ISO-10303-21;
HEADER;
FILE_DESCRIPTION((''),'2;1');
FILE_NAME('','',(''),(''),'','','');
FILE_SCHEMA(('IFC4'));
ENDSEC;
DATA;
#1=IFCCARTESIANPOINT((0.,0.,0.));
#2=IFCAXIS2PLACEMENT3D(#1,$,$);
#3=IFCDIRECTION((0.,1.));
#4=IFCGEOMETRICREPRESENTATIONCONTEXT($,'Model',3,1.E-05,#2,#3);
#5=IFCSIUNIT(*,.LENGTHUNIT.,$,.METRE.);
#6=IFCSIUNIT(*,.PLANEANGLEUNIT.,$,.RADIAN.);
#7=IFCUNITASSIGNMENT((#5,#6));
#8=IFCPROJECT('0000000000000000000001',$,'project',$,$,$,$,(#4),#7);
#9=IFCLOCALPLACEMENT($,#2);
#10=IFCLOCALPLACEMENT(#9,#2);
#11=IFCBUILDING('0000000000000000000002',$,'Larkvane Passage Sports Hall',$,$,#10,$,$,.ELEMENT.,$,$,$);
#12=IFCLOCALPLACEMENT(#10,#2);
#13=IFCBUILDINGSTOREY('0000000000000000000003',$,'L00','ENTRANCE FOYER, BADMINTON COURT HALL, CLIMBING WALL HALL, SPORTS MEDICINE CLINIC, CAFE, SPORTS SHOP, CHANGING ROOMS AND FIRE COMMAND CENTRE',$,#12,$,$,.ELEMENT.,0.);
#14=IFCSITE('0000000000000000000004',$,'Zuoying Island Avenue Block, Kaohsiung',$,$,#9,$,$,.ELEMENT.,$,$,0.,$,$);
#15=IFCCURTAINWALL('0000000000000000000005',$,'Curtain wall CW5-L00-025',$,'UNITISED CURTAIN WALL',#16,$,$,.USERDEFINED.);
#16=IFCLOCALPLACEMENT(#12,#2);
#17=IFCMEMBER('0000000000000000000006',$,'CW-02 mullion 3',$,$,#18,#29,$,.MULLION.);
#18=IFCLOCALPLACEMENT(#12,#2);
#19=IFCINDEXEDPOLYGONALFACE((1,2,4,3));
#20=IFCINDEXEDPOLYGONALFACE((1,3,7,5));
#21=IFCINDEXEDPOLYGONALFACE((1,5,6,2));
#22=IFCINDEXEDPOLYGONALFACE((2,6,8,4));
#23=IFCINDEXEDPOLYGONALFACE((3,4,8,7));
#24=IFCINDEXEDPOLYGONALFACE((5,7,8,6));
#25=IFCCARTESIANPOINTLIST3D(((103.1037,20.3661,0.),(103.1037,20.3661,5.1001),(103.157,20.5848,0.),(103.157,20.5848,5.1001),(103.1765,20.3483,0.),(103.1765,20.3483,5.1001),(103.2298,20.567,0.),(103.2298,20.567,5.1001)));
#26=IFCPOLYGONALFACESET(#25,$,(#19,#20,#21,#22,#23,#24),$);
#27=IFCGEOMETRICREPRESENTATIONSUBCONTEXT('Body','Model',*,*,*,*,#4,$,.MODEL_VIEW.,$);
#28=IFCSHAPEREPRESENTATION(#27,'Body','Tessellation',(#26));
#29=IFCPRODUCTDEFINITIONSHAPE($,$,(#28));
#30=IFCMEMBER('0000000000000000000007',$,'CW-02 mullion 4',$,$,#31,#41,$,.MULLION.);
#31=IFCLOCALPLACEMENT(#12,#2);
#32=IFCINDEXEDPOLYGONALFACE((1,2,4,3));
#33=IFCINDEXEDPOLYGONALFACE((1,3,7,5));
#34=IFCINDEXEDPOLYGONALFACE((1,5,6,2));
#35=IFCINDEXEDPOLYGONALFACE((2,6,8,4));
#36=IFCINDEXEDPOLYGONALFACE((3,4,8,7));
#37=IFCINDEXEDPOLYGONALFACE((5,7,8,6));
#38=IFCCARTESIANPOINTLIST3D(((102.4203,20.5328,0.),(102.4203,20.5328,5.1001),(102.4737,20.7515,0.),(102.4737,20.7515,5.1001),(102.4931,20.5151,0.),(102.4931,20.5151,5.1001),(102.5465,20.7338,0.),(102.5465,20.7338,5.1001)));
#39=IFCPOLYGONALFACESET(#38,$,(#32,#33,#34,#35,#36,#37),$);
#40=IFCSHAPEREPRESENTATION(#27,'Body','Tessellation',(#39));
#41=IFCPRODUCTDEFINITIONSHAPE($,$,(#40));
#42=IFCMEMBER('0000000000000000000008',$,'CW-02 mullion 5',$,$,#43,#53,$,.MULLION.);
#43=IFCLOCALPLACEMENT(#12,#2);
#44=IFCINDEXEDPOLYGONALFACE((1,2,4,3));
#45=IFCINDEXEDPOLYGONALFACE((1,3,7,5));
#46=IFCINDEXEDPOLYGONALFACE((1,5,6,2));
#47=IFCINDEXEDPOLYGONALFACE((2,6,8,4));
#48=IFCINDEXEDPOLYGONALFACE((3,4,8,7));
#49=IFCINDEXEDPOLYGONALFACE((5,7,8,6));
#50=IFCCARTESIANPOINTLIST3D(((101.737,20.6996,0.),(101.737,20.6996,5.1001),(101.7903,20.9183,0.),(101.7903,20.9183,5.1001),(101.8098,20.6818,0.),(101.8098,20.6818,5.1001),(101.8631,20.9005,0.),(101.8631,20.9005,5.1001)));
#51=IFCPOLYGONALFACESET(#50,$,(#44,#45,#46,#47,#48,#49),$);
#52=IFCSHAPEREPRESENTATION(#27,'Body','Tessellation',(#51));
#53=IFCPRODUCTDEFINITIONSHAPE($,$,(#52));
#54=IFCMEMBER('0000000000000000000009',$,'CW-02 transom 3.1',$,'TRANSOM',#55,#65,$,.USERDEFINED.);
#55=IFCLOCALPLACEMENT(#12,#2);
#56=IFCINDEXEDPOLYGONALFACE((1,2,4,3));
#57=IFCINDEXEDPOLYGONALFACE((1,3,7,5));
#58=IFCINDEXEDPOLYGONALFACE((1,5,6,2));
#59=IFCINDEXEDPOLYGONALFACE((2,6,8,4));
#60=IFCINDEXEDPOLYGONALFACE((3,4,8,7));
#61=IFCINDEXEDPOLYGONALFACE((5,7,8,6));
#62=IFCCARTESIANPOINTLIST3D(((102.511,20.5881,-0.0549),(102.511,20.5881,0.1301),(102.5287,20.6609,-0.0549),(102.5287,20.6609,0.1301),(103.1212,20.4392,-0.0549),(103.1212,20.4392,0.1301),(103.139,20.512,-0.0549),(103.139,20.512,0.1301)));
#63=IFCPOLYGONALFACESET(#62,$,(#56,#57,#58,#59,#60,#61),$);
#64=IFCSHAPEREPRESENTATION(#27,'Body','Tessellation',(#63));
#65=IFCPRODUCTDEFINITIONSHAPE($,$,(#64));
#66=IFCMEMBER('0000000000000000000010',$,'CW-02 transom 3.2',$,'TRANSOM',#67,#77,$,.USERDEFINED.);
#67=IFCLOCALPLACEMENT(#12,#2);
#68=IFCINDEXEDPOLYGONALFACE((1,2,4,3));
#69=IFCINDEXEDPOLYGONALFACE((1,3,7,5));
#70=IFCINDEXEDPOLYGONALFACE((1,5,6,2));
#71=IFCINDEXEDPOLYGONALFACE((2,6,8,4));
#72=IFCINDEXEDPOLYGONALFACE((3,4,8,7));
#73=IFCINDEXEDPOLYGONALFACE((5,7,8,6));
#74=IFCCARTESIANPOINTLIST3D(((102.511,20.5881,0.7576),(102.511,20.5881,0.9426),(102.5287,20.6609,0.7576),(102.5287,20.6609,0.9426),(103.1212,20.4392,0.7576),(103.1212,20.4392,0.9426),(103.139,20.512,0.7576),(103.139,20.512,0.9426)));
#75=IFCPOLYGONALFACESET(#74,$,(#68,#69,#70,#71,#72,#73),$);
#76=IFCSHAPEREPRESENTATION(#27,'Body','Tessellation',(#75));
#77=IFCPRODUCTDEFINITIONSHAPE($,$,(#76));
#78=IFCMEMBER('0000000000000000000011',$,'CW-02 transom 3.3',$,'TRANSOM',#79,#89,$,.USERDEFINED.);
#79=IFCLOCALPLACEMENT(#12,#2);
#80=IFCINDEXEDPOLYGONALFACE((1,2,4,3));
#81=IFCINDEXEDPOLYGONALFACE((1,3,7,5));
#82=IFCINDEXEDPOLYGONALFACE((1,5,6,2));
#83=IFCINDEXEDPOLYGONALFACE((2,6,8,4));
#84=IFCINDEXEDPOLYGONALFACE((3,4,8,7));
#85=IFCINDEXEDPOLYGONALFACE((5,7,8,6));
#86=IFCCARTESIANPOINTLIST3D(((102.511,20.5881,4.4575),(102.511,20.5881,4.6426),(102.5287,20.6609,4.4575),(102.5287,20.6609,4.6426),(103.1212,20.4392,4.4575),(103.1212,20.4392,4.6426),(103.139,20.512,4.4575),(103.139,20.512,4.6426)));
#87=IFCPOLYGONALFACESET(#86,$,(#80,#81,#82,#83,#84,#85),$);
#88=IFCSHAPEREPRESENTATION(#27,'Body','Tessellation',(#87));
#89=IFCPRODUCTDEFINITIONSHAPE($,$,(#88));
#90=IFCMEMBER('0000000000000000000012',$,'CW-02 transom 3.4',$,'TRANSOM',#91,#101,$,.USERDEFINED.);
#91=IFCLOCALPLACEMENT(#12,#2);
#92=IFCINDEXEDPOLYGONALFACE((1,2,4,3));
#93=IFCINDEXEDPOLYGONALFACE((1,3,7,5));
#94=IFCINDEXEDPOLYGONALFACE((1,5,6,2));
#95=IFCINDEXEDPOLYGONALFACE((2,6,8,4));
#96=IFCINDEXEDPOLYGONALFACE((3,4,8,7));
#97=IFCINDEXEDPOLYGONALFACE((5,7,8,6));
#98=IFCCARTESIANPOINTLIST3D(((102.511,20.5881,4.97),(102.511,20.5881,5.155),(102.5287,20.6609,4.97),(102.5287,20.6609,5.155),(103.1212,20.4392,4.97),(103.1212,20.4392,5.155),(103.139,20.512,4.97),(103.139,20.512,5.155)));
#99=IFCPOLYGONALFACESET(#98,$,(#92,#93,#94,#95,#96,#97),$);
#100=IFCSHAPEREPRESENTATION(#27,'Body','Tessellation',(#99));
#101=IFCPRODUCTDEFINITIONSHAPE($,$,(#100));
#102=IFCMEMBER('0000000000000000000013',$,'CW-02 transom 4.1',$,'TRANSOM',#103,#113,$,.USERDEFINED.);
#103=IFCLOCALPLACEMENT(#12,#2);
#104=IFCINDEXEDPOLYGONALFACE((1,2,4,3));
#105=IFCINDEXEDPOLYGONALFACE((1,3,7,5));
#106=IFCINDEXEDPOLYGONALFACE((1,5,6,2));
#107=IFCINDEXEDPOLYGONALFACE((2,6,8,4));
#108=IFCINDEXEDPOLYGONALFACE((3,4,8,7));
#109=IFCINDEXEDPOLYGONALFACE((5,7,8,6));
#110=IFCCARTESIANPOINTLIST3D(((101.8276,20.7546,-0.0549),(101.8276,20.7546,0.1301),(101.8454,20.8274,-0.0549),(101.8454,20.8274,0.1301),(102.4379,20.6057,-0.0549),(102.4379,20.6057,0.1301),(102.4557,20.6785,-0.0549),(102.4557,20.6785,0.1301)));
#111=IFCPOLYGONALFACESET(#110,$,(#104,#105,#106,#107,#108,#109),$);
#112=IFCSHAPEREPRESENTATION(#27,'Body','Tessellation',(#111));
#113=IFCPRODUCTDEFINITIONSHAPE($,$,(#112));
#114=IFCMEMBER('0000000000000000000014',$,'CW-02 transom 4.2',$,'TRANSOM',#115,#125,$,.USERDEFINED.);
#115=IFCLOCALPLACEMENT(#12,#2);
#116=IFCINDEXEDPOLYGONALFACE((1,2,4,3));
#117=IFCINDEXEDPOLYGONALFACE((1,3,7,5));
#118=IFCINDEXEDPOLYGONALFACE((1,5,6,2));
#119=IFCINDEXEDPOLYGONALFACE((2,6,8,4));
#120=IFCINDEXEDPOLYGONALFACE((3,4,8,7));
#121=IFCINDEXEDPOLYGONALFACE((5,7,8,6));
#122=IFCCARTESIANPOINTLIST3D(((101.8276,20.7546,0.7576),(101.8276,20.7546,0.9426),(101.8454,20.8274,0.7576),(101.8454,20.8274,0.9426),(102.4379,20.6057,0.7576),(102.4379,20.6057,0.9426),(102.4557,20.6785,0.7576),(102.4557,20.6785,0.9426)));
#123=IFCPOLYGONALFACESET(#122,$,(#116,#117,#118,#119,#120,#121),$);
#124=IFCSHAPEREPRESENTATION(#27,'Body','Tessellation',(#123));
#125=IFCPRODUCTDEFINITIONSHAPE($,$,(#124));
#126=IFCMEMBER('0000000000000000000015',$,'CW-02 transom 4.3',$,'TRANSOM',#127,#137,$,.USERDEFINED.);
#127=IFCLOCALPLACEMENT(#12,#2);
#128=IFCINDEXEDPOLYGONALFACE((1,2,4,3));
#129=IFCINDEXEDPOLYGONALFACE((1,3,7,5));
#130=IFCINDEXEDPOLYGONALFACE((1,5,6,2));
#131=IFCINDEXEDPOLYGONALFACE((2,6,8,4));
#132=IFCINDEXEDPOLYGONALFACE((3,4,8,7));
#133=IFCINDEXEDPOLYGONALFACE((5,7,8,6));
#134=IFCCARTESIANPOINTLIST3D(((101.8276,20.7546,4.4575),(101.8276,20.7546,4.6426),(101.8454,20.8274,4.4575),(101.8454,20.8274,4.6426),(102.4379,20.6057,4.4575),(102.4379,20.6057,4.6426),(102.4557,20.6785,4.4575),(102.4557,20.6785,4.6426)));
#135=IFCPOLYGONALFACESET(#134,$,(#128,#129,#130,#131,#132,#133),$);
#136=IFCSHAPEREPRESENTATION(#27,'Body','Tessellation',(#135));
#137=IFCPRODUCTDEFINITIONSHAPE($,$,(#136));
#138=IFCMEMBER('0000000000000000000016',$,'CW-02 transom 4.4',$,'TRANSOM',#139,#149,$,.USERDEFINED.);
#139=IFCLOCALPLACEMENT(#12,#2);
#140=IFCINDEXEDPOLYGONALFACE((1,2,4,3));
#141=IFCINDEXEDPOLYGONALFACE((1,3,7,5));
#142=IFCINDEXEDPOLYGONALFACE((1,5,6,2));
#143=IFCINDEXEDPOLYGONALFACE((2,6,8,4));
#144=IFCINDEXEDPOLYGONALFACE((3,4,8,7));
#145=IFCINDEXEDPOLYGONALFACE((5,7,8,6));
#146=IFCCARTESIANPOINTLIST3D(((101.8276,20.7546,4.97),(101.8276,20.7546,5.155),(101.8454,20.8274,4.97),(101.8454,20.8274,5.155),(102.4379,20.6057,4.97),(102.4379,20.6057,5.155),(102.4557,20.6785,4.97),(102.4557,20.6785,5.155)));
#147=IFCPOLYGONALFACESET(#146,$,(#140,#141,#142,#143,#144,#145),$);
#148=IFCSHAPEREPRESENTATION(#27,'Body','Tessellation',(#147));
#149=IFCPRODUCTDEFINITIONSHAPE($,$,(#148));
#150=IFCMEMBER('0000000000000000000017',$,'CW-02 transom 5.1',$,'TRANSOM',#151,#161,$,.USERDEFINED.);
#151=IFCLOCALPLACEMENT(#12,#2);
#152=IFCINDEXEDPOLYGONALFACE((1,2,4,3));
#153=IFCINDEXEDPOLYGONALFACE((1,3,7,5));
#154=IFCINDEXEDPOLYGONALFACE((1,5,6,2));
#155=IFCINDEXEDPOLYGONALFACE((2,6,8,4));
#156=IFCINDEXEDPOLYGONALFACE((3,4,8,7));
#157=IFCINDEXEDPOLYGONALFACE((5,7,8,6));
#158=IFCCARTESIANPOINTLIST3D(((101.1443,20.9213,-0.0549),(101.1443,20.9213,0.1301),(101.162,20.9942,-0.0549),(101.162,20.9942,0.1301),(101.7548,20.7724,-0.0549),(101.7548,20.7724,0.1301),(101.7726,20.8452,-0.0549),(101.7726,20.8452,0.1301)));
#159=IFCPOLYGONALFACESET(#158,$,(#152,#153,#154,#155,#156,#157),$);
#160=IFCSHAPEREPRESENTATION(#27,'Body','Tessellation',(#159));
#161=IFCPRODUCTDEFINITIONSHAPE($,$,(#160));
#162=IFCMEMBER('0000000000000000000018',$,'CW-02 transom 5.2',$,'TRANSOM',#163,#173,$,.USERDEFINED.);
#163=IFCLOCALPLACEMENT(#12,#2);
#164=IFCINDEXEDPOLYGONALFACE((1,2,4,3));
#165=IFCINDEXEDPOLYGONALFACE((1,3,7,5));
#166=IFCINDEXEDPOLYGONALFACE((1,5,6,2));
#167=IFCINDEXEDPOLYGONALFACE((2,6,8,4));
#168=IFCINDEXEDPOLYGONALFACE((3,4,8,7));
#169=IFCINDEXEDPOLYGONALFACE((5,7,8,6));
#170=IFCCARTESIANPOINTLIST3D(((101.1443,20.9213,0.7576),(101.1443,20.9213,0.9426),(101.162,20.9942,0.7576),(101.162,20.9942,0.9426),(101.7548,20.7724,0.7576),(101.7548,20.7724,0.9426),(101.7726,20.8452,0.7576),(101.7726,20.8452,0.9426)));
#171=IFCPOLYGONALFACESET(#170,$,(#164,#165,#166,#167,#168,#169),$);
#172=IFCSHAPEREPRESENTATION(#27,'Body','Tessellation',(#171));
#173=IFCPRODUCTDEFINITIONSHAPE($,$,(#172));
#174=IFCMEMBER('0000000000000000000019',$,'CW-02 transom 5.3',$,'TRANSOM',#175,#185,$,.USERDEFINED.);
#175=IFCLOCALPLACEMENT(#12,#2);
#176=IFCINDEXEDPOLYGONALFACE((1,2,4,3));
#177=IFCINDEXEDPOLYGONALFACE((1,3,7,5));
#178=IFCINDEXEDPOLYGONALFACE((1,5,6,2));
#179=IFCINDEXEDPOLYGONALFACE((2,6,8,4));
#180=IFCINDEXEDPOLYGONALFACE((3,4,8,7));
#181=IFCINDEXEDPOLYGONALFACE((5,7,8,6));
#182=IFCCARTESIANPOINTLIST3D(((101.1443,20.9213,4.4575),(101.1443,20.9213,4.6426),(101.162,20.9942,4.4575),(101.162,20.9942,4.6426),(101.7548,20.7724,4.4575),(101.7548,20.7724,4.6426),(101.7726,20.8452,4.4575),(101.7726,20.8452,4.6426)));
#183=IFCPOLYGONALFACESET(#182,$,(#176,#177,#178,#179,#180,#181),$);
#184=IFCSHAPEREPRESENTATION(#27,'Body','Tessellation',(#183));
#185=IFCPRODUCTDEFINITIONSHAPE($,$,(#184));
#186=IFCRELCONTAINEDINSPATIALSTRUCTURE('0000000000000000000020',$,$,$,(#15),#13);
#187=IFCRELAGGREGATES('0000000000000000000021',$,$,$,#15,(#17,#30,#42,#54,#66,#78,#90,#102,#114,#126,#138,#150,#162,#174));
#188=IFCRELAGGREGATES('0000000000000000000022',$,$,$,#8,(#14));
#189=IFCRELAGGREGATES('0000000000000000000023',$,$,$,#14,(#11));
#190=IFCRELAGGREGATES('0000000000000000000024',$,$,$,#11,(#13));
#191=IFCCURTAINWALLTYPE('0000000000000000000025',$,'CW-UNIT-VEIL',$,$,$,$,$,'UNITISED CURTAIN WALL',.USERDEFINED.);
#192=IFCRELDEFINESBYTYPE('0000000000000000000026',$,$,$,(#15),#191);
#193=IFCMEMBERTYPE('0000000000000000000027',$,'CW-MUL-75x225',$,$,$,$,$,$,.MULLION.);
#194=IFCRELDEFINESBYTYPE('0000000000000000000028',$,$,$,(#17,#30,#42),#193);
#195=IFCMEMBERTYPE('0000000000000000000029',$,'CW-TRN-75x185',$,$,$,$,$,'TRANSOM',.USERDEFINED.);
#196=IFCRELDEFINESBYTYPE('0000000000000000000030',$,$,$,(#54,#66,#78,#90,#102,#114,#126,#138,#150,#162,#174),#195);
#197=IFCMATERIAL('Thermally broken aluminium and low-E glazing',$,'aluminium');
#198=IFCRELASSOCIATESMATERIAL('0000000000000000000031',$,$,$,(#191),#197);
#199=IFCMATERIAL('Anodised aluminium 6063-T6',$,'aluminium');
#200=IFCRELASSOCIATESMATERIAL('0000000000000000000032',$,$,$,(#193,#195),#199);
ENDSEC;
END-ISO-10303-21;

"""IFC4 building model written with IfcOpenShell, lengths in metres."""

from ifc_helpers import new_model, si_unit, direction, frame, origin, origin_2d, place, context, subcontext, project, spatial, rectangle, extrude, material, material_profile, profile_set, type_object, element, aggregate, save


model = new_model("IFC4")

# Units and contexts
model_context = context("Model", 3, precision=1e-05, world=origin(), true_north=direction((0.0, 1.0)))
body_context = subcontext(model_context, "Body", "Model", "MODEL_VIEW")
ifc_project = project(units=[si_unit("LENGTHUNIT", "METRE"), si_unit("PLANEANGLEUNIT", "RADIAN")], contexts=[model_context])

# Site, building, storey
site_placement = place(None, origin())
site = spatial("IfcSite", under=ifc_project, at=site_placement, Name="Zuoying Island Avenue Block, Kaohsiung", CompositionType="ELEMENT", RefElevation=0.0)
building_placement = place(site_placement, origin())
building = spatial("IfcBuilding", under=site, at=building_placement, Name="Larkvane Passage Sports Hall", CompositionType="ELEMENT")
storey_placement = place(building_placement, origin())
storey = spatial("IfcBuildingStorey", under=building, at=storey_placement, Name="L00", Description="ENTRANCE FOYER, BADMINTON COURT HALL, CLIMBING WALL HALL, SPORTS MEDICINE CLINIC, CAFE, SPORTS SHOP, CHANGING ROOMS AND FIRE COMMAND CENTRE", CompositionType="ELEMENT", Elevation=0.0)

# Curtain wall, members
ifc_material_1 = material(Name="Thermally broken aluminium and low-E glazing", Category="aluminium")
curtain_wall_type = type_object("IfcCurtainWallType", Name="CW-UNIT-VEIL", ElementType="UNITISED CURTAIN WALL", PredefinedType="USERDEFINED", material=ifc_material_1)
curtain_wall_placement = place(storey_placement, origin())
curtain_wall = element("IfcCurtainWall", 1, at=curtain_wall_placement, inside=storey, type_object=curtain_wall_type, Name="Curtain wall CW5-L00-025", ObjectType="UNITISED CURTAIN WALL", PredefinedType="USERDEFINED")
ifc_material_2 = material(Name="Anodised aluminium 6063-T6", Category="aluminium")
ifc_material_profile_1 = material_profile(ifc_material_2, rectangle(XDim=0.075, YDim=0.2251, at=origin_2d()), Name="ALU-MUL-75x225")
ifc_profile_set_1 = profile_set([ifc_material_profile_1], Name="Anodised aluminium 6063-T6")
member_type_1 = type_object("IfcMemberType", Name="CW-MUL-75x225", PredefinedType="MULLION", material=ifc_profile_set_1)
member_1_placement = place(storey_placement, frame((103.1667, 20.4666, 0.0), z_axis=(0.0, 0.0, 1.0), x_axis=(-0.971517, 0.23697, 0.0)))
member_1 = element("IfcMember", 2, at=member_1_placement, type_object=member_type_1, Name="CW-02 mullion 3", PredefinedType="MULLION", context=body_context, shape_type="SweptSolid", body=[
    extrude(rectangle(XDim=0.075, YDim=0.2251, at=origin_2d()), origin(), (0.0, 0.0, 1.0), 5.1001),
])
member_2_placement = place(storey_placement, frame((102.4834, 20.6333, 0.0), z_axis=(0.0, 0.0, 1.0), x_axis=(-0.971517, 0.23697, 0.0)))
member_2 = element("IfcMember", 3, at=member_2_placement, type_object=member_type_1, Name="CW-02 mullion 4", PredefinedType="MULLION", context=body_context, shape_type="SweptSolid", body=[
    extrude(rectangle(XDim=0.075, YDim=0.2251, at=origin_2d()), origin(), (0.0, 0.0, 1.0), 5.1001),
])
member_3_placement = place(storey_placement, frame((101.8, 20.8, 0.0), z_axis=(0.0, 0.0, 1.0), x_axis=(-0.971517, 0.23697, 0.0)))
member_3 = element("IfcMember", 4, at=member_3_placement, type_object=member_type_1, Name="CW-02 mullion 5", PredefinedType="MULLION", context=body_context, shape_type="SweptSolid", body=[
    extrude(rectangle(XDim=0.075, YDim=0.2251, at=origin_2d()), origin(), (0.0, 0.0, 1.0), 5.1001),
])
ifc_material_profile_2 = material_profile(ifc_material_2, rectangle(XDim=0.075, YDim=0.1851, at=origin_2d()), Name="ALU-TRN-75x185")
ifc_profile_set_2 = profile_set([ifc_material_profile_2], Name="Anodised aluminium 6063-T6")
member_type_2 = type_object("IfcMemberType", Name="CW-TRN-75x185", ElementType="TRANSOM", PredefinedType="USERDEFINED", material=ifc_profile_set_2)
member_4_placement = place(storey_placement, frame((103.1301, 20.4756, 0.0376), z_axis=(-0.971499, 0.237046, 0.0), x_axis=(-0.237046, -0.971499, 0.0)))
member_4 = element("IfcMember", 5, at=member_4_placement, type_object=member_type_2, Name="CW-02 transom 3.1", ObjectType="TRANSOM", PredefinedType="USERDEFINED", context=body_context, shape_type="SweptSolid", body=[
    extrude(rectangle(XDim=0.075, YDim=0.1851, at=origin_2d()), origin(), (0.0, 0.0, 1.0), 0.6282),
])
member_5_placement = place(storey_placement, frame((103.1301, 20.4756, 0.8501), z_axis=(-0.971499, 0.237046, 0.0), x_axis=(-0.237046, -0.971499, 0.0)))
member_5 = element("IfcMember", 6, at=member_5_placement, type_object=member_type_2, Name="CW-02 transom 3.2", ObjectType="TRANSOM", PredefinedType="USERDEFINED", context=body_context, shape_type="SweptSolid", body=[
    extrude(rectangle(XDim=0.075, YDim=0.1851, at=origin_2d()), origin(), (0.0, 0.0, 1.0), 0.6282),
])
member_6_placement = place(storey_placement, frame((103.1301, 20.4756, 4.55), z_axis=(-0.971499, 0.237046, 0.0), x_axis=(-0.237046, -0.971499, 0.0)))
member_6 = element("IfcMember", 7, at=member_6_placement, type_object=member_type_2, Name="CW-02 transom 3.3", ObjectType="TRANSOM", PredefinedType="USERDEFINED", context=body_context, shape_type="SweptSolid", body=[
    extrude(rectangle(XDim=0.075, YDim=0.1851, at=origin_2d()), origin(), (0.0, 0.0, 1.0), 0.6282),
])
member_7_placement = place(storey_placement, frame((103.1301, 20.4756, 5.0625), z_axis=(-0.971499, 0.237046, 0.0), x_axis=(-0.237046, -0.971499, 0.0)))
member_7 = element("IfcMember", 8, at=member_7_placement, type_object=member_type_2, Name="CW-02 transom 3.4", ObjectType="TRANSOM", PredefinedType="USERDEFINED", context=body_context, shape_type="SweptSolid", body=[
    extrude(rectangle(XDim=0.075, YDim=0.1851, at=origin_2d()), origin(), (0.0, 0.0, 1.0), 0.6282),
])
member_8_placement = place(storey_placement, frame((102.4468, 20.6421, 0.0376), z_axis=(-0.971499, 0.237046, 0.0), x_axis=(-0.237046, -0.971499, 0.0)))
member_8 = element("IfcMember", 9, at=member_8_placement, type_object=member_type_2, Name="CW-02 transom 4.1", ObjectType="TRANSOM", PredefinedType="USERDEFINED", context=body_context, shape_type="SweptSolid", body=[
    extrude(rectangle(XDim=0.075, YDim=0.1851, at=origin_2d()), origin(), (0.0, 0.0, 1.0), 0.6282),
])
member_9_placement = place(storey_placement, frame((102.4468, 20.6421, 0.8501), z_axis=(-0.971499, 0.237046, 0.0), x_axis=(-0.237046, -0.971499, 0.0)))
member_9 = element("IfcMember", 10, at=member_9_placement, type_object=member_type_2, Name="CW-02 transom 4.2", ObjectType="TRANSOM", PredefinedType="USERDEFINED", context=body_context, shape_type="SweptSolid", body=[
    extrude(rectangle(XDim=0.075, YDim=0.1851, at=origin_2d()), origin(), (0.0, 0.0, 1.0), 0.6282),
])
member_10_placement = place(storey_placement, frame((102.4468, 20.6421, 4.55), z_axis=(-0.971499, 0.237046, 0.0), x_axis=(-0.237046, -0.971499, 0.0)))
member_10 = element("IfcMember", 11, at=member_10_placement, type_object=member_type_2, Name="CW-02 transom 4.3", ObjectType="TRANSOM", PredefinedType="USERDEFINED", context=body_context, shape_type="SweptSolid", body=[
    extrude(rectangle(XDim=0.075, YDim=0.1851, at=origin_2d()), origin(), (0.0, 0.0, 1.0), 0.6282),
])
member_11_placement = place(storey_placement, frame((102.4468, 20.6421, 5.0625), z_axis=(-0.971499, 0.237046, 0.0), x_axis=(-0.237046, -0.971499, 0.0)))
member_11 = element("IfcMember", 12, at=member_11_placement, type_object=member_type_2, Name="CW-02 transom 4.4", ObjectType="TRANSOM", PredefinedType="USERDEFINED", context=body_context, shape_type="SweptSolid", body=[
    extrude(rectangle(XDim=0.075, YDim=0.1851, at=origin_2d()), origin(), (0.0, 0.0, 1.0), 0.6282),
])
member_12_placement = place(storey_placement, frame((101.7637, 20.8088, 0.0376), z_axis=(-0.97152, 0.236956, 0.0), x_axis=(-0.236956, -0.97152, 0.0)))
member_12 = element("IfcMember", 13, at=member_12_placement, type_object=member_type_2, Name="CW-02 transom 5.1", ObjectType="TRANSOM", PredefinedType="USERDEFINED", context=body_context, shape_type="SweptSolid", body=[
    extrude(rectangle(XDim=0.075, YDim=0.1851, at=origin_2d()), origin(), (0.0, 0.0, 1.0), 0.6284),
])
member_13_placement = place(storey_placement, frame((101.7637, 20.8088, 0.8501), z_axis=(-0.97152, 0.236956, 0.0), x_axis=(-0.236956, -0.97152, 0.0)))
member_13 = element("IfcMember", 14, at=member_13_placement, type_object=member_type_2, Name="CW-02 transom 5.2", ObjectType="TRANSOM", PredefinedType="USERDEFINED", context=body_context, shape_type="SweptSolid", body=[
    extrude(rectangle(XDim=0.075, YDim=0.1851, at=origin_2d()), origin(), (0.0, 0.0, 1.0), 0.6284),
])
member_14_placement = place(storey_placement, frame((101.7637, 20.8088, 4.55), z_axis=(-0.97152, 0.236956, 0.0), x_axis=(-0.236956, -0.97152, 0.0)))
member_14 = element("IfcMember", 15, at=member_14_placement, type_object=member_type_2, Name="CW-02 transom 5.3", ObjectType="TRANSOM", PredefinedType="USERDEFINED", context=body_context, shape_type="SweptSolid", body=[
    extrude(rectangle(XDim=0.075, YDim=0.1851, at=origin_2d()), origin(), (0.0, 0.0, 1.0), 0.6284),
])
aggregate(curtain_wall, [member_1, member_2, member_3, member_4, member_5, member_6, member_7, member_8, member_9, member_10, member_11, member_12, member_13, member_14])

save(model, "model.ifc")
